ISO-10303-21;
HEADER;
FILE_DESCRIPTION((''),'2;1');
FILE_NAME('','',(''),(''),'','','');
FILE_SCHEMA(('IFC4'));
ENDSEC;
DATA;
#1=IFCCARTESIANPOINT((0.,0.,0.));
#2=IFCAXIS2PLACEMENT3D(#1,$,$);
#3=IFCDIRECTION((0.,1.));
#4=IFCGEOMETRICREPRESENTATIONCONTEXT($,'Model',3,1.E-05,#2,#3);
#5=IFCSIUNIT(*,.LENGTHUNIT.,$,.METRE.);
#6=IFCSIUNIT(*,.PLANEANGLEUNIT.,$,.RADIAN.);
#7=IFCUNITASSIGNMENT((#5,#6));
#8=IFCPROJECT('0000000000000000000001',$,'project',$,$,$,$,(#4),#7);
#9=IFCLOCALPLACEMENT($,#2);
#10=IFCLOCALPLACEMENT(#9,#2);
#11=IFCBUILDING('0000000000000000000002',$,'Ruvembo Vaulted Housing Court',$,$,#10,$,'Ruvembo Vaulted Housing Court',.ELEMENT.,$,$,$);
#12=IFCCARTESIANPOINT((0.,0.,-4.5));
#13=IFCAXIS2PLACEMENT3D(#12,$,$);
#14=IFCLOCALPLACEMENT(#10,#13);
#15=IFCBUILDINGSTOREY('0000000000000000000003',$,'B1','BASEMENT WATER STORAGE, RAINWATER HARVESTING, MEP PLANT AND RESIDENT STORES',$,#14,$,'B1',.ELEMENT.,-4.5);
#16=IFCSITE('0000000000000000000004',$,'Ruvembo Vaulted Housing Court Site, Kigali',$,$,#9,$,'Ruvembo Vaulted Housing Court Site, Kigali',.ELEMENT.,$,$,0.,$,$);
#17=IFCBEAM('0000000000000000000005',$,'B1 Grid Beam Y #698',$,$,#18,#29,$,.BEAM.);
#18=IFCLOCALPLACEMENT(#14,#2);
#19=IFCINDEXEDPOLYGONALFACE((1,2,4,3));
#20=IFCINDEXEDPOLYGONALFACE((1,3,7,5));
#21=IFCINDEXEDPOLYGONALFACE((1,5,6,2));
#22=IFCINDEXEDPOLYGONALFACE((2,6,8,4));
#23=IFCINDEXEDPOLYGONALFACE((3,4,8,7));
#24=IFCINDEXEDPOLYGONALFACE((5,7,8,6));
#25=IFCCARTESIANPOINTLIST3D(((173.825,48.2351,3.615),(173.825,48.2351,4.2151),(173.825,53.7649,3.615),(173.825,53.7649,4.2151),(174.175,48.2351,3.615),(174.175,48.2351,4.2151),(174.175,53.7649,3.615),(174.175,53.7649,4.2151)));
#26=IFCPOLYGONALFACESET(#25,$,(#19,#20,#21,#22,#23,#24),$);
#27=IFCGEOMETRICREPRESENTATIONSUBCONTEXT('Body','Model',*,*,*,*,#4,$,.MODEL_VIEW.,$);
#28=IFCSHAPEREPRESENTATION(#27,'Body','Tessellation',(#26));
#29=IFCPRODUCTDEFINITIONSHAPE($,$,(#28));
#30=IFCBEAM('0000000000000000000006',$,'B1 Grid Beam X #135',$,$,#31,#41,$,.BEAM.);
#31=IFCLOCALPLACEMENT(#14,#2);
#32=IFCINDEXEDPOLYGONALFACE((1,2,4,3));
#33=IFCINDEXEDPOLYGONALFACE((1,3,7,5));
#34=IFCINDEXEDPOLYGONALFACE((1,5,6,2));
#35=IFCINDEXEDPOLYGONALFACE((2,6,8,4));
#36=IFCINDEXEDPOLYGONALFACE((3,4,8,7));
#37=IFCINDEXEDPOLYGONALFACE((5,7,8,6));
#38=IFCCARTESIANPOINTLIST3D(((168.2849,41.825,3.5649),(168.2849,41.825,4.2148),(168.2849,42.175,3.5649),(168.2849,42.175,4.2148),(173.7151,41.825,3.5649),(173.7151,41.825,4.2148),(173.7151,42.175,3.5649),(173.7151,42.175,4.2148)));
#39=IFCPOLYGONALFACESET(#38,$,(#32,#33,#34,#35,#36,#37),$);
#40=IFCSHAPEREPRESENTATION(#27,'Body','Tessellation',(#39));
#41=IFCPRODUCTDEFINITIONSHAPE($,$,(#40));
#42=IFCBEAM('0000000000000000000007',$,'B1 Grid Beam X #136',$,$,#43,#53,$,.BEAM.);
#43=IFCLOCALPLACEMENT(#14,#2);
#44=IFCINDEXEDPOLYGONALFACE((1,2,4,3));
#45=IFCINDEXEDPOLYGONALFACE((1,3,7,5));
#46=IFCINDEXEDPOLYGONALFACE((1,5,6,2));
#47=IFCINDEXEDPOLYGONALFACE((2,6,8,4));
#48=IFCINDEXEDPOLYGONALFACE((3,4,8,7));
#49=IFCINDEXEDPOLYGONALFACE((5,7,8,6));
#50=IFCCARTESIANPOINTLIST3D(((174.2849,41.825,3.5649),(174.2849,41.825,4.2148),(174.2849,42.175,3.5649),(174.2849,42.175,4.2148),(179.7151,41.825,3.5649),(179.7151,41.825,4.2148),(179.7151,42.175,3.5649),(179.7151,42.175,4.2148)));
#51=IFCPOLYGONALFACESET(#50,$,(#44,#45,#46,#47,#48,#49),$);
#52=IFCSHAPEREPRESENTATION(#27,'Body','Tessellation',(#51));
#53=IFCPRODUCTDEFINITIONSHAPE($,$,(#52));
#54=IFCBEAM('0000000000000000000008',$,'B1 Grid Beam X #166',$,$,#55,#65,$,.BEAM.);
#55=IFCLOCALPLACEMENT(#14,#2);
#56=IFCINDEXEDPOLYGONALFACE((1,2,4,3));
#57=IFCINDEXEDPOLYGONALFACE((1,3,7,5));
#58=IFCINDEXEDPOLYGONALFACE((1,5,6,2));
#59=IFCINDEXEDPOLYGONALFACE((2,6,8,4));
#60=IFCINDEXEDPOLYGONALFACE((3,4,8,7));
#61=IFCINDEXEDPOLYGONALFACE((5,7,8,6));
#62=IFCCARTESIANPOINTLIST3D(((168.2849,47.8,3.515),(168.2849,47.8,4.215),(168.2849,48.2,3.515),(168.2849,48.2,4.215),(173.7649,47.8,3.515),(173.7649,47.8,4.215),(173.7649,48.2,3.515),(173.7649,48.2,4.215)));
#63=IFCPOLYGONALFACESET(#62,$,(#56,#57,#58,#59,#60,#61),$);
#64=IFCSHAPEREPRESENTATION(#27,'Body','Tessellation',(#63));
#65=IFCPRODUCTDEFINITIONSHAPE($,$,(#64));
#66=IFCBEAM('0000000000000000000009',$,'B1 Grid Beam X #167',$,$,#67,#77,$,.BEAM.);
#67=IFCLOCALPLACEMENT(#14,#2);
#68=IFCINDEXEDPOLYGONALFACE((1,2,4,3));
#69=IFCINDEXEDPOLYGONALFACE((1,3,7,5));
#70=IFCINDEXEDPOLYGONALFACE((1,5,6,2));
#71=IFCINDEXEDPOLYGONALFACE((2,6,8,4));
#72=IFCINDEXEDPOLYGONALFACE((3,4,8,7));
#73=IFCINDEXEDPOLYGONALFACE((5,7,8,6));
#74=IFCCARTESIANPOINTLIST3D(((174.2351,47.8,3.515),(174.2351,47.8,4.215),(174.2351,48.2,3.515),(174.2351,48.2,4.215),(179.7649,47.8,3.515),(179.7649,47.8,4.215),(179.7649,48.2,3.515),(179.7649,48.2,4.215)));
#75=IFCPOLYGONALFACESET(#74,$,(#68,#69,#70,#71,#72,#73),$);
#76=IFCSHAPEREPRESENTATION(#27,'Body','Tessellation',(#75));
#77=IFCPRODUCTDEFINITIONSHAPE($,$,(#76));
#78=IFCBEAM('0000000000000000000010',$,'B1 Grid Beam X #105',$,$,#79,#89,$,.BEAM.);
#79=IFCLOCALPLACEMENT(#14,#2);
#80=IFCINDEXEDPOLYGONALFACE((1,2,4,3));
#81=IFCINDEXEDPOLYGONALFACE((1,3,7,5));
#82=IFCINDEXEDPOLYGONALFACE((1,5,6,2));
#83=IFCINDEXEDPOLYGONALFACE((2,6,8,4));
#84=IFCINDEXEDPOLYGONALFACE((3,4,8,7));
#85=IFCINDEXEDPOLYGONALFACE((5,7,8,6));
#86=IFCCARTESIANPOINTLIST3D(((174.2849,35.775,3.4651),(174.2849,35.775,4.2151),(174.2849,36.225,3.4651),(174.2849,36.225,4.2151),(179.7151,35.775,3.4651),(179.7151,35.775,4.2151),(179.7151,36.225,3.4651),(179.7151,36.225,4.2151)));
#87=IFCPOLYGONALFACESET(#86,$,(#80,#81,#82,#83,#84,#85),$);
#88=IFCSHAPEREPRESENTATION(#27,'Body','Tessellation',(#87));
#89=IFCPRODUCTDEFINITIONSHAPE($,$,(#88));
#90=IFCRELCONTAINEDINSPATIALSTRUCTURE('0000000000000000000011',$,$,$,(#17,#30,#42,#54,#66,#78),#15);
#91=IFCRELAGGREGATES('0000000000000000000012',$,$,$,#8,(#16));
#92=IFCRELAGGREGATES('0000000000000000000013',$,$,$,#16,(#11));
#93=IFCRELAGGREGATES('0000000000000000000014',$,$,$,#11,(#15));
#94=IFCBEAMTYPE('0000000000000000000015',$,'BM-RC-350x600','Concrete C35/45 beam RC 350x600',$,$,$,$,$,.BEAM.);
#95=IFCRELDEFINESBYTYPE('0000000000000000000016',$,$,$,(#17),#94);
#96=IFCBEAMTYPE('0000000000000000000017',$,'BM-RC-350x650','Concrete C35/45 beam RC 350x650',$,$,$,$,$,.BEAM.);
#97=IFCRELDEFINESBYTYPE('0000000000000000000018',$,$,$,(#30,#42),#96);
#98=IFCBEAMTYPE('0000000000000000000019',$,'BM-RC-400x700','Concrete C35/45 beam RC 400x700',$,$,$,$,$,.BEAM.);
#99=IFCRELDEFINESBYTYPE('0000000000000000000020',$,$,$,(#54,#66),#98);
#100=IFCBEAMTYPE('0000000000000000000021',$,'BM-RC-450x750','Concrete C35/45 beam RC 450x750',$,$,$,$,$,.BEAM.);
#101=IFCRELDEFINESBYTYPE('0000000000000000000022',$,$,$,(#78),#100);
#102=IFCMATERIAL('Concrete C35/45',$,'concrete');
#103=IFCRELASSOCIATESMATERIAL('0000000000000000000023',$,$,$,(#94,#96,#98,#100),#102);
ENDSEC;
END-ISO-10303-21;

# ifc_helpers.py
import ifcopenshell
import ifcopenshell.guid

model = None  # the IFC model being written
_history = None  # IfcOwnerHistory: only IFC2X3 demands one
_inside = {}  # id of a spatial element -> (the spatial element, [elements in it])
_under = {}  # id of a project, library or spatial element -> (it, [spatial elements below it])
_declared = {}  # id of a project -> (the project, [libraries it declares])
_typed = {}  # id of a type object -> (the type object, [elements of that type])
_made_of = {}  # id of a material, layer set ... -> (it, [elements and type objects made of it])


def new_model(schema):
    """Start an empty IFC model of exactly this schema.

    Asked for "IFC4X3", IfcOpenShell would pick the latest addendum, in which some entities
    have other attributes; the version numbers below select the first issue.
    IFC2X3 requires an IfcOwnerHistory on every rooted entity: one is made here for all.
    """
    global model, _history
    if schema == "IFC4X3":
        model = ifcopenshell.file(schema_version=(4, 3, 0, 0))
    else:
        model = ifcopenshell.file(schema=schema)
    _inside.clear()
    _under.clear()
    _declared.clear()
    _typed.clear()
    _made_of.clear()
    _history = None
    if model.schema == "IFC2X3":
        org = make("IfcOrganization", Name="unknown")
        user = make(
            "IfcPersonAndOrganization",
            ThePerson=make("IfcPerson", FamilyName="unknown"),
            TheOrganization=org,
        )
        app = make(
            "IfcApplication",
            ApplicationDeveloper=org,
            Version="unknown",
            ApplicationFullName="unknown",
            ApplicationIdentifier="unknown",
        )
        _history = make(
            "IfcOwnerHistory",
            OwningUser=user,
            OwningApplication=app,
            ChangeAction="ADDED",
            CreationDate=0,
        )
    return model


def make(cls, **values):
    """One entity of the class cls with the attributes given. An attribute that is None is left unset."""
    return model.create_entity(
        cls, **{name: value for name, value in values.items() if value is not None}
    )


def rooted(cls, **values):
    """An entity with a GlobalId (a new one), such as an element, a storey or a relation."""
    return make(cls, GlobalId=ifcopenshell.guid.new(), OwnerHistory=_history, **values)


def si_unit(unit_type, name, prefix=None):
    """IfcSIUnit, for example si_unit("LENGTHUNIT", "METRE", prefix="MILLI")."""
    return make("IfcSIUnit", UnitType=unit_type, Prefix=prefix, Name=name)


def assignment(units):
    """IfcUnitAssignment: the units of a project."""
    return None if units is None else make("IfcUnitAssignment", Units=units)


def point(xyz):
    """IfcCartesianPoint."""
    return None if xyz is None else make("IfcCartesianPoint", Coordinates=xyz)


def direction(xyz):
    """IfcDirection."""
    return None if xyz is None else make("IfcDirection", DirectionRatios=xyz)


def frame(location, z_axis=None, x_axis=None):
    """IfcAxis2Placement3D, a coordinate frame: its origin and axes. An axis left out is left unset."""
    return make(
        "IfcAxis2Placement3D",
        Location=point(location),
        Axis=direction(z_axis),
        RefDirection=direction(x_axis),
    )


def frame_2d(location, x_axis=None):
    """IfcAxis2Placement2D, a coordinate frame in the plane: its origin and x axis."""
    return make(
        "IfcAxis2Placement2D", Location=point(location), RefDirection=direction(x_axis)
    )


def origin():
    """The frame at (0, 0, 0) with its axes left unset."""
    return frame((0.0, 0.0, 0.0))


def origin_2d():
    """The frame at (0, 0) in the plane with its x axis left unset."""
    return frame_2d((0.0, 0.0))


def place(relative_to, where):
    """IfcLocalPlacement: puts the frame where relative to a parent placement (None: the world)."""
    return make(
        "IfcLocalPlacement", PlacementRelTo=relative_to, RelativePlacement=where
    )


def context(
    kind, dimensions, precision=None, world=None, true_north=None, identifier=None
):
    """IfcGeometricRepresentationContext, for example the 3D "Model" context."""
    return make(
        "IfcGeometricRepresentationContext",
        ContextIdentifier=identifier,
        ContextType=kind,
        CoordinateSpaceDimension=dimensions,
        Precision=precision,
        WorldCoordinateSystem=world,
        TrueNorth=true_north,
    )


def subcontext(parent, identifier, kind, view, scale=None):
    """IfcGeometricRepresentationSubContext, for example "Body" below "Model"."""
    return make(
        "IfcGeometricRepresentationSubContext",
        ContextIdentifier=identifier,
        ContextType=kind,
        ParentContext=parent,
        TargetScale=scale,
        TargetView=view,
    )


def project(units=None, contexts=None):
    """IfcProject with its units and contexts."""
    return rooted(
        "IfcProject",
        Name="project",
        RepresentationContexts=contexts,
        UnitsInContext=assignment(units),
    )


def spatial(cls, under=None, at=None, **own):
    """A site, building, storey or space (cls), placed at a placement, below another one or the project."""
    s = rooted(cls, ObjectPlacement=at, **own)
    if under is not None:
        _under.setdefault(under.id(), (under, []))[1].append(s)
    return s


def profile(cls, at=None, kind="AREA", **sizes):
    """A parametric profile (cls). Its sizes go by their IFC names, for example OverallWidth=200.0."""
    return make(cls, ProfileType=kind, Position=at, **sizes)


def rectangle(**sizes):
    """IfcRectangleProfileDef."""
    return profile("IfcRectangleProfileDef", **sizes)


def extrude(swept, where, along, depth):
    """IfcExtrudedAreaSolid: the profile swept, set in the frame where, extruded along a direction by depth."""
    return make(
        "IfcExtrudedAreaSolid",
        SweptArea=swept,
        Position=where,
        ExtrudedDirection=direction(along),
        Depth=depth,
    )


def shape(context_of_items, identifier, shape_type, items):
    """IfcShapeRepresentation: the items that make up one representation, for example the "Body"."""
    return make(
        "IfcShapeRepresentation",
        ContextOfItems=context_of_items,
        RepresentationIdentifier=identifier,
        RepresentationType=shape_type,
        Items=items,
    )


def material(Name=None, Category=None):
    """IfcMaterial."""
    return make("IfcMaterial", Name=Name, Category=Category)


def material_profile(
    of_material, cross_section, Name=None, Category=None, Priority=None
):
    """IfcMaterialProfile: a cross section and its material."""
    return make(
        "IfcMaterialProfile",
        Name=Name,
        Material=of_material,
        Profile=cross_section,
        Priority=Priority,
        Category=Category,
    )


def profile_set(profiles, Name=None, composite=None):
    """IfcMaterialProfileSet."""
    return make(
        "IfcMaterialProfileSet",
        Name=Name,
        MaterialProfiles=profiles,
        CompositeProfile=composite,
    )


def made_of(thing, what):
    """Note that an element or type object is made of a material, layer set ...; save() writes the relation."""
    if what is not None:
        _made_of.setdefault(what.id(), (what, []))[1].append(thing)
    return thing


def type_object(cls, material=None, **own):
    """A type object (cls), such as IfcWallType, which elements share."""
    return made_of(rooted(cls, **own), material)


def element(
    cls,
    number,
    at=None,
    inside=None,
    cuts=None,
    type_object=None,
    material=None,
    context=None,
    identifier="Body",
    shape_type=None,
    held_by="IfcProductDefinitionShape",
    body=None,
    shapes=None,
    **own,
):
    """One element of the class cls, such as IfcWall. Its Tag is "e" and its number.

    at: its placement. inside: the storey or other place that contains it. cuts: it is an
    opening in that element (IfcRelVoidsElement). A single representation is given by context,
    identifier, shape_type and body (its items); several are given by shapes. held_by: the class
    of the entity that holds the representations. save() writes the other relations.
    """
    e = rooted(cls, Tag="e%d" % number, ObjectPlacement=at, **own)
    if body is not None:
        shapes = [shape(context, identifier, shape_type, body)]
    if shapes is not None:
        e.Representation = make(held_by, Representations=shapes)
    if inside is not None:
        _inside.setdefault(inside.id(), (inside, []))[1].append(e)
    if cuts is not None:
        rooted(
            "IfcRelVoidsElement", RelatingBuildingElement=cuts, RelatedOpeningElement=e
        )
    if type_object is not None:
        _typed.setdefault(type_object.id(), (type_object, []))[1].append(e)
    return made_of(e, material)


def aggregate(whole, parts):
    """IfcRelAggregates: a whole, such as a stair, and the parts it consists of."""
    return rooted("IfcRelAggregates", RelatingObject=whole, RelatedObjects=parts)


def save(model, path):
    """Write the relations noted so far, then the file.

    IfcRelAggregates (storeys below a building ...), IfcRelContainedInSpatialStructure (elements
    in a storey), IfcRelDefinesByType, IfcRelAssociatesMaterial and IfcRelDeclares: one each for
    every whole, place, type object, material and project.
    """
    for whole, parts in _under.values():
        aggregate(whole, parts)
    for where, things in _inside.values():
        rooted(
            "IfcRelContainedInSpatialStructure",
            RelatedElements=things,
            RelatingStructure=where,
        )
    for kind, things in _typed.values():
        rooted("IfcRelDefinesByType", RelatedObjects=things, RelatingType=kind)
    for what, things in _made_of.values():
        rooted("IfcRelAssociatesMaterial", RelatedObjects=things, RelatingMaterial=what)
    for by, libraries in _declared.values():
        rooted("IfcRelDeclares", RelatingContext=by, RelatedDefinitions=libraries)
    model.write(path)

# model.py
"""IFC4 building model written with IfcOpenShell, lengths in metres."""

from ifc_helpers import new_model, si_unit, direction, frame, origin, origin_2d, place, context, subcontext, project, spatial, rectangle, extrude, material, material_profile, profile_set, type_object, element, save


model = new_model("IFC4")

# Units and contexts
model_context = context("Model", 3, precision=1e-05, world=origin(), true_north=direction((0.0, 1.0)))
body_context = subcontext(model_context, "Body", "Model", "MODEL_VIEW")
ifc_project = project(units=[si_unit("LENGTHUNIT", "METRE"), si_unit("PLANEANGLEUNIT", "RADIAN")], contexts=[model_context])

# Site, building, storey
site_placement = place(None, origin())
site = spatial("IfcSite", under=ifc_project, at=site_placement, Name="Ruvembo Vaulted Housing Court Site, Kigali", LongName="Ruvembo Vaulted Housing Court Site, Kigali", CompositionType="ELEMENT", RefElevation=0.0)
building_placement = place(site_placement, origin())
building = spatial("IfcBuilding", under=site, at=building_placement, Name="Ruvembo Vaulted Housing Court", LongName="Ruvembo Vaulted Housing Court", CompositionType="ELEMENT")
storey_placement = place(building_placement, frame((0.0, 0.0, -4.5)))
storey = spatial("IfcBuildingStorey", under=building, at=storey_placement, Name="B1", Description="BASEMENT WATER STORAGE, RAINWATER HARVESTING, MEP PLANT AND RESIDENT STORES", LongName="B1", CompositionType="ELEMENT", Elevation=-4.5)

# Shared definitions
ifc_material_1 = material(Name="Concrete C35/45", Category="concrete")

# Beams
ifc_material_profile_1 = material_profile(ifc_material_1, rectangle(XDim=0.3501, YDim=0.6001, at=origin_2d()), Name="RC 350x600")
ifc_profile_set_1 = profile_set([ifc_material_profile_1], Name="Concrete C35/45")
beam_type_1 = type_object("IfcBeamType", Name="BM-RC-350x600", Description="Concrete C35/45 beam RC 350x600", PredefinedType="BEAM", material=ifc_profile_set_1)
beam_1_placement = place(storey_placement, frame((174.0, 48.2351, 3.915), z_axis=(0.0, 1.0, 0.0), x_axis=(-1.0, 0.0, 0.0)))
element("IfcBeam", 1, at=beam_1_placement, inside=storey, type_object=beam_type_1, Name="B1 Grid Beam Y #698", PredefinedType="BEAM", context=body_context, shape_type="SweptSolid", body=[
    extrude(rectangle(XDim=0.3501, YDim=0.6001, at=origin_2d()), origin(), (0.0, 0.0, 1.0), 5.5298),
])
ifc_material_profile_2 = material_profile(ifc_material_1, rectangle(XDim=0.3501, YDim=0.6499, at=origin_2d()), Name="RC 350x650")
ifc_profile_set_2 = profile_set([ifc_material_profile_2], Name="Concrete C35/45")
beam_type_2 = type_object("IfcBeamType", Name="BM-RC-350x650", Description="Concrete C35/45 beam RC 350x650", PredefinedType="BEAM", material=ifc_profile_set_2)
for number, where, z_axis, x_axis, name in (
    (2, (168.2849, 42.0, 3.8899), (1.0, 0.0, 0.0), (0.0, 1.0, 0.0), "B1 Grid Beam X #135"),
    (3, (174.2849, 42.0, 3.8899), (1.0, 0.0, 0.0), (0.0, 1.0, 0.0), "B1 Grid Beam X #136"),
):
    element("IfcBeam", number, at=place(storey_placement, frame(where, z_axis=z_axis, x_axis=x_axis)), inside=storey, type_object=beam_type_2, Name=name, PredefinedType="BEAM", context=body_context, shape_type="SweptSolid", body=[
        extrude(rectangle(XDim=0.3501, YDim=0.6499, at=origin_2d()), origin(), (0.0, 0.0, 1.0), 5.4302),
    ])
ifc_material_profile_3 = material_profile(ifc_material_1, rectangle(XDim=0.3999, YDim=0.7, at=origin_2d()), Name="RC 400x700")
ifc_profile_set_3 = profile_set([ifc_material_profile_3], Name="Concrete C35/45")
beam_type_3 = type_object("IfcBeamType", Name="BM-RC-400x700", Description="Concrete C35/45 beam RC 400x700", PredefinedType="BEAM", material=ifc_profile_set_3)
beam_2_placement = place(storey_placement, frame((168.2849, 48.0, 3.865), z_axis=(1.0, 0.0, 0.0), x_axis=(0.0, 1.0, 0.0)))
element("IfcBeam", 4, at=beam_2_placement, inside=storey, type_object=beam_type_3, Name="B1 Grid Beam X #166", PredefinedType="BEAM", context=body_context, shape_type="SweptSolid", body=[
    extrude(rectangle(XDim=0.3999, YDim=0.7, at=origin_2d()), origin(), (0.0, 0.0, 1.0), 5.48),
])
beam_3_placement = place(storey_placement, frame((174.2351, 48.0, 3.865), z_axis=(1.0, 0.0, 0.0), x_axis=(0.0, 1.0, 0.0)))
element("IfcBeam", 5, at=beam_3_placement, inside=storey, type_object=beam_type_3, Name="B1 Grid Beam X #167", PredefinedType="BEAM", context=body_context, shape_type="SweptSolid", body=[
    extrude(rectangle(XDim=0.3999, YDim=0.7, at=origin_2d()), origin(), (0.0, 0.0, 1.0), 5.5298),
])
ifc_material_profile_4 = material_profile(ifc_material_1, rectangle(XDim=0.45, YDim=0.75, at=origin_2d()), Name="RC 450x750")
ifc_profile_set_4 = profile_set([ifc_material_profile_4], Name="Concrete C35/45")
beam_type_4 = type_object("IfcBeamType", Name="BM-RC-450x750", Description="Concrete C35/45 beam RC 450x750", PredefinedType="BEAM", material=ifc_profile_set_4)
beam_4_placement = place(storey_placement, frame((174.2849, 36.0, 3.8401), z_axis=(1.0, 0.0, 0.0), x_axis=(0.0, 1.0, 0.0)))
element("IfcBeam", 6, at=beam_4_placement, inside=storey, type_object=beam_type_4, Name="B1 Grid Beam X #105", PredefinedType="BEAM", context=body_context, shape_type="SweptSolid", body=[
    extrude(rectangle(XDim=0.45, YDim=0.75, at=origin_2d()), origin(), (0.0, 0.0, 1.0), 5.4302),
])

save(model, "model.ifc")
